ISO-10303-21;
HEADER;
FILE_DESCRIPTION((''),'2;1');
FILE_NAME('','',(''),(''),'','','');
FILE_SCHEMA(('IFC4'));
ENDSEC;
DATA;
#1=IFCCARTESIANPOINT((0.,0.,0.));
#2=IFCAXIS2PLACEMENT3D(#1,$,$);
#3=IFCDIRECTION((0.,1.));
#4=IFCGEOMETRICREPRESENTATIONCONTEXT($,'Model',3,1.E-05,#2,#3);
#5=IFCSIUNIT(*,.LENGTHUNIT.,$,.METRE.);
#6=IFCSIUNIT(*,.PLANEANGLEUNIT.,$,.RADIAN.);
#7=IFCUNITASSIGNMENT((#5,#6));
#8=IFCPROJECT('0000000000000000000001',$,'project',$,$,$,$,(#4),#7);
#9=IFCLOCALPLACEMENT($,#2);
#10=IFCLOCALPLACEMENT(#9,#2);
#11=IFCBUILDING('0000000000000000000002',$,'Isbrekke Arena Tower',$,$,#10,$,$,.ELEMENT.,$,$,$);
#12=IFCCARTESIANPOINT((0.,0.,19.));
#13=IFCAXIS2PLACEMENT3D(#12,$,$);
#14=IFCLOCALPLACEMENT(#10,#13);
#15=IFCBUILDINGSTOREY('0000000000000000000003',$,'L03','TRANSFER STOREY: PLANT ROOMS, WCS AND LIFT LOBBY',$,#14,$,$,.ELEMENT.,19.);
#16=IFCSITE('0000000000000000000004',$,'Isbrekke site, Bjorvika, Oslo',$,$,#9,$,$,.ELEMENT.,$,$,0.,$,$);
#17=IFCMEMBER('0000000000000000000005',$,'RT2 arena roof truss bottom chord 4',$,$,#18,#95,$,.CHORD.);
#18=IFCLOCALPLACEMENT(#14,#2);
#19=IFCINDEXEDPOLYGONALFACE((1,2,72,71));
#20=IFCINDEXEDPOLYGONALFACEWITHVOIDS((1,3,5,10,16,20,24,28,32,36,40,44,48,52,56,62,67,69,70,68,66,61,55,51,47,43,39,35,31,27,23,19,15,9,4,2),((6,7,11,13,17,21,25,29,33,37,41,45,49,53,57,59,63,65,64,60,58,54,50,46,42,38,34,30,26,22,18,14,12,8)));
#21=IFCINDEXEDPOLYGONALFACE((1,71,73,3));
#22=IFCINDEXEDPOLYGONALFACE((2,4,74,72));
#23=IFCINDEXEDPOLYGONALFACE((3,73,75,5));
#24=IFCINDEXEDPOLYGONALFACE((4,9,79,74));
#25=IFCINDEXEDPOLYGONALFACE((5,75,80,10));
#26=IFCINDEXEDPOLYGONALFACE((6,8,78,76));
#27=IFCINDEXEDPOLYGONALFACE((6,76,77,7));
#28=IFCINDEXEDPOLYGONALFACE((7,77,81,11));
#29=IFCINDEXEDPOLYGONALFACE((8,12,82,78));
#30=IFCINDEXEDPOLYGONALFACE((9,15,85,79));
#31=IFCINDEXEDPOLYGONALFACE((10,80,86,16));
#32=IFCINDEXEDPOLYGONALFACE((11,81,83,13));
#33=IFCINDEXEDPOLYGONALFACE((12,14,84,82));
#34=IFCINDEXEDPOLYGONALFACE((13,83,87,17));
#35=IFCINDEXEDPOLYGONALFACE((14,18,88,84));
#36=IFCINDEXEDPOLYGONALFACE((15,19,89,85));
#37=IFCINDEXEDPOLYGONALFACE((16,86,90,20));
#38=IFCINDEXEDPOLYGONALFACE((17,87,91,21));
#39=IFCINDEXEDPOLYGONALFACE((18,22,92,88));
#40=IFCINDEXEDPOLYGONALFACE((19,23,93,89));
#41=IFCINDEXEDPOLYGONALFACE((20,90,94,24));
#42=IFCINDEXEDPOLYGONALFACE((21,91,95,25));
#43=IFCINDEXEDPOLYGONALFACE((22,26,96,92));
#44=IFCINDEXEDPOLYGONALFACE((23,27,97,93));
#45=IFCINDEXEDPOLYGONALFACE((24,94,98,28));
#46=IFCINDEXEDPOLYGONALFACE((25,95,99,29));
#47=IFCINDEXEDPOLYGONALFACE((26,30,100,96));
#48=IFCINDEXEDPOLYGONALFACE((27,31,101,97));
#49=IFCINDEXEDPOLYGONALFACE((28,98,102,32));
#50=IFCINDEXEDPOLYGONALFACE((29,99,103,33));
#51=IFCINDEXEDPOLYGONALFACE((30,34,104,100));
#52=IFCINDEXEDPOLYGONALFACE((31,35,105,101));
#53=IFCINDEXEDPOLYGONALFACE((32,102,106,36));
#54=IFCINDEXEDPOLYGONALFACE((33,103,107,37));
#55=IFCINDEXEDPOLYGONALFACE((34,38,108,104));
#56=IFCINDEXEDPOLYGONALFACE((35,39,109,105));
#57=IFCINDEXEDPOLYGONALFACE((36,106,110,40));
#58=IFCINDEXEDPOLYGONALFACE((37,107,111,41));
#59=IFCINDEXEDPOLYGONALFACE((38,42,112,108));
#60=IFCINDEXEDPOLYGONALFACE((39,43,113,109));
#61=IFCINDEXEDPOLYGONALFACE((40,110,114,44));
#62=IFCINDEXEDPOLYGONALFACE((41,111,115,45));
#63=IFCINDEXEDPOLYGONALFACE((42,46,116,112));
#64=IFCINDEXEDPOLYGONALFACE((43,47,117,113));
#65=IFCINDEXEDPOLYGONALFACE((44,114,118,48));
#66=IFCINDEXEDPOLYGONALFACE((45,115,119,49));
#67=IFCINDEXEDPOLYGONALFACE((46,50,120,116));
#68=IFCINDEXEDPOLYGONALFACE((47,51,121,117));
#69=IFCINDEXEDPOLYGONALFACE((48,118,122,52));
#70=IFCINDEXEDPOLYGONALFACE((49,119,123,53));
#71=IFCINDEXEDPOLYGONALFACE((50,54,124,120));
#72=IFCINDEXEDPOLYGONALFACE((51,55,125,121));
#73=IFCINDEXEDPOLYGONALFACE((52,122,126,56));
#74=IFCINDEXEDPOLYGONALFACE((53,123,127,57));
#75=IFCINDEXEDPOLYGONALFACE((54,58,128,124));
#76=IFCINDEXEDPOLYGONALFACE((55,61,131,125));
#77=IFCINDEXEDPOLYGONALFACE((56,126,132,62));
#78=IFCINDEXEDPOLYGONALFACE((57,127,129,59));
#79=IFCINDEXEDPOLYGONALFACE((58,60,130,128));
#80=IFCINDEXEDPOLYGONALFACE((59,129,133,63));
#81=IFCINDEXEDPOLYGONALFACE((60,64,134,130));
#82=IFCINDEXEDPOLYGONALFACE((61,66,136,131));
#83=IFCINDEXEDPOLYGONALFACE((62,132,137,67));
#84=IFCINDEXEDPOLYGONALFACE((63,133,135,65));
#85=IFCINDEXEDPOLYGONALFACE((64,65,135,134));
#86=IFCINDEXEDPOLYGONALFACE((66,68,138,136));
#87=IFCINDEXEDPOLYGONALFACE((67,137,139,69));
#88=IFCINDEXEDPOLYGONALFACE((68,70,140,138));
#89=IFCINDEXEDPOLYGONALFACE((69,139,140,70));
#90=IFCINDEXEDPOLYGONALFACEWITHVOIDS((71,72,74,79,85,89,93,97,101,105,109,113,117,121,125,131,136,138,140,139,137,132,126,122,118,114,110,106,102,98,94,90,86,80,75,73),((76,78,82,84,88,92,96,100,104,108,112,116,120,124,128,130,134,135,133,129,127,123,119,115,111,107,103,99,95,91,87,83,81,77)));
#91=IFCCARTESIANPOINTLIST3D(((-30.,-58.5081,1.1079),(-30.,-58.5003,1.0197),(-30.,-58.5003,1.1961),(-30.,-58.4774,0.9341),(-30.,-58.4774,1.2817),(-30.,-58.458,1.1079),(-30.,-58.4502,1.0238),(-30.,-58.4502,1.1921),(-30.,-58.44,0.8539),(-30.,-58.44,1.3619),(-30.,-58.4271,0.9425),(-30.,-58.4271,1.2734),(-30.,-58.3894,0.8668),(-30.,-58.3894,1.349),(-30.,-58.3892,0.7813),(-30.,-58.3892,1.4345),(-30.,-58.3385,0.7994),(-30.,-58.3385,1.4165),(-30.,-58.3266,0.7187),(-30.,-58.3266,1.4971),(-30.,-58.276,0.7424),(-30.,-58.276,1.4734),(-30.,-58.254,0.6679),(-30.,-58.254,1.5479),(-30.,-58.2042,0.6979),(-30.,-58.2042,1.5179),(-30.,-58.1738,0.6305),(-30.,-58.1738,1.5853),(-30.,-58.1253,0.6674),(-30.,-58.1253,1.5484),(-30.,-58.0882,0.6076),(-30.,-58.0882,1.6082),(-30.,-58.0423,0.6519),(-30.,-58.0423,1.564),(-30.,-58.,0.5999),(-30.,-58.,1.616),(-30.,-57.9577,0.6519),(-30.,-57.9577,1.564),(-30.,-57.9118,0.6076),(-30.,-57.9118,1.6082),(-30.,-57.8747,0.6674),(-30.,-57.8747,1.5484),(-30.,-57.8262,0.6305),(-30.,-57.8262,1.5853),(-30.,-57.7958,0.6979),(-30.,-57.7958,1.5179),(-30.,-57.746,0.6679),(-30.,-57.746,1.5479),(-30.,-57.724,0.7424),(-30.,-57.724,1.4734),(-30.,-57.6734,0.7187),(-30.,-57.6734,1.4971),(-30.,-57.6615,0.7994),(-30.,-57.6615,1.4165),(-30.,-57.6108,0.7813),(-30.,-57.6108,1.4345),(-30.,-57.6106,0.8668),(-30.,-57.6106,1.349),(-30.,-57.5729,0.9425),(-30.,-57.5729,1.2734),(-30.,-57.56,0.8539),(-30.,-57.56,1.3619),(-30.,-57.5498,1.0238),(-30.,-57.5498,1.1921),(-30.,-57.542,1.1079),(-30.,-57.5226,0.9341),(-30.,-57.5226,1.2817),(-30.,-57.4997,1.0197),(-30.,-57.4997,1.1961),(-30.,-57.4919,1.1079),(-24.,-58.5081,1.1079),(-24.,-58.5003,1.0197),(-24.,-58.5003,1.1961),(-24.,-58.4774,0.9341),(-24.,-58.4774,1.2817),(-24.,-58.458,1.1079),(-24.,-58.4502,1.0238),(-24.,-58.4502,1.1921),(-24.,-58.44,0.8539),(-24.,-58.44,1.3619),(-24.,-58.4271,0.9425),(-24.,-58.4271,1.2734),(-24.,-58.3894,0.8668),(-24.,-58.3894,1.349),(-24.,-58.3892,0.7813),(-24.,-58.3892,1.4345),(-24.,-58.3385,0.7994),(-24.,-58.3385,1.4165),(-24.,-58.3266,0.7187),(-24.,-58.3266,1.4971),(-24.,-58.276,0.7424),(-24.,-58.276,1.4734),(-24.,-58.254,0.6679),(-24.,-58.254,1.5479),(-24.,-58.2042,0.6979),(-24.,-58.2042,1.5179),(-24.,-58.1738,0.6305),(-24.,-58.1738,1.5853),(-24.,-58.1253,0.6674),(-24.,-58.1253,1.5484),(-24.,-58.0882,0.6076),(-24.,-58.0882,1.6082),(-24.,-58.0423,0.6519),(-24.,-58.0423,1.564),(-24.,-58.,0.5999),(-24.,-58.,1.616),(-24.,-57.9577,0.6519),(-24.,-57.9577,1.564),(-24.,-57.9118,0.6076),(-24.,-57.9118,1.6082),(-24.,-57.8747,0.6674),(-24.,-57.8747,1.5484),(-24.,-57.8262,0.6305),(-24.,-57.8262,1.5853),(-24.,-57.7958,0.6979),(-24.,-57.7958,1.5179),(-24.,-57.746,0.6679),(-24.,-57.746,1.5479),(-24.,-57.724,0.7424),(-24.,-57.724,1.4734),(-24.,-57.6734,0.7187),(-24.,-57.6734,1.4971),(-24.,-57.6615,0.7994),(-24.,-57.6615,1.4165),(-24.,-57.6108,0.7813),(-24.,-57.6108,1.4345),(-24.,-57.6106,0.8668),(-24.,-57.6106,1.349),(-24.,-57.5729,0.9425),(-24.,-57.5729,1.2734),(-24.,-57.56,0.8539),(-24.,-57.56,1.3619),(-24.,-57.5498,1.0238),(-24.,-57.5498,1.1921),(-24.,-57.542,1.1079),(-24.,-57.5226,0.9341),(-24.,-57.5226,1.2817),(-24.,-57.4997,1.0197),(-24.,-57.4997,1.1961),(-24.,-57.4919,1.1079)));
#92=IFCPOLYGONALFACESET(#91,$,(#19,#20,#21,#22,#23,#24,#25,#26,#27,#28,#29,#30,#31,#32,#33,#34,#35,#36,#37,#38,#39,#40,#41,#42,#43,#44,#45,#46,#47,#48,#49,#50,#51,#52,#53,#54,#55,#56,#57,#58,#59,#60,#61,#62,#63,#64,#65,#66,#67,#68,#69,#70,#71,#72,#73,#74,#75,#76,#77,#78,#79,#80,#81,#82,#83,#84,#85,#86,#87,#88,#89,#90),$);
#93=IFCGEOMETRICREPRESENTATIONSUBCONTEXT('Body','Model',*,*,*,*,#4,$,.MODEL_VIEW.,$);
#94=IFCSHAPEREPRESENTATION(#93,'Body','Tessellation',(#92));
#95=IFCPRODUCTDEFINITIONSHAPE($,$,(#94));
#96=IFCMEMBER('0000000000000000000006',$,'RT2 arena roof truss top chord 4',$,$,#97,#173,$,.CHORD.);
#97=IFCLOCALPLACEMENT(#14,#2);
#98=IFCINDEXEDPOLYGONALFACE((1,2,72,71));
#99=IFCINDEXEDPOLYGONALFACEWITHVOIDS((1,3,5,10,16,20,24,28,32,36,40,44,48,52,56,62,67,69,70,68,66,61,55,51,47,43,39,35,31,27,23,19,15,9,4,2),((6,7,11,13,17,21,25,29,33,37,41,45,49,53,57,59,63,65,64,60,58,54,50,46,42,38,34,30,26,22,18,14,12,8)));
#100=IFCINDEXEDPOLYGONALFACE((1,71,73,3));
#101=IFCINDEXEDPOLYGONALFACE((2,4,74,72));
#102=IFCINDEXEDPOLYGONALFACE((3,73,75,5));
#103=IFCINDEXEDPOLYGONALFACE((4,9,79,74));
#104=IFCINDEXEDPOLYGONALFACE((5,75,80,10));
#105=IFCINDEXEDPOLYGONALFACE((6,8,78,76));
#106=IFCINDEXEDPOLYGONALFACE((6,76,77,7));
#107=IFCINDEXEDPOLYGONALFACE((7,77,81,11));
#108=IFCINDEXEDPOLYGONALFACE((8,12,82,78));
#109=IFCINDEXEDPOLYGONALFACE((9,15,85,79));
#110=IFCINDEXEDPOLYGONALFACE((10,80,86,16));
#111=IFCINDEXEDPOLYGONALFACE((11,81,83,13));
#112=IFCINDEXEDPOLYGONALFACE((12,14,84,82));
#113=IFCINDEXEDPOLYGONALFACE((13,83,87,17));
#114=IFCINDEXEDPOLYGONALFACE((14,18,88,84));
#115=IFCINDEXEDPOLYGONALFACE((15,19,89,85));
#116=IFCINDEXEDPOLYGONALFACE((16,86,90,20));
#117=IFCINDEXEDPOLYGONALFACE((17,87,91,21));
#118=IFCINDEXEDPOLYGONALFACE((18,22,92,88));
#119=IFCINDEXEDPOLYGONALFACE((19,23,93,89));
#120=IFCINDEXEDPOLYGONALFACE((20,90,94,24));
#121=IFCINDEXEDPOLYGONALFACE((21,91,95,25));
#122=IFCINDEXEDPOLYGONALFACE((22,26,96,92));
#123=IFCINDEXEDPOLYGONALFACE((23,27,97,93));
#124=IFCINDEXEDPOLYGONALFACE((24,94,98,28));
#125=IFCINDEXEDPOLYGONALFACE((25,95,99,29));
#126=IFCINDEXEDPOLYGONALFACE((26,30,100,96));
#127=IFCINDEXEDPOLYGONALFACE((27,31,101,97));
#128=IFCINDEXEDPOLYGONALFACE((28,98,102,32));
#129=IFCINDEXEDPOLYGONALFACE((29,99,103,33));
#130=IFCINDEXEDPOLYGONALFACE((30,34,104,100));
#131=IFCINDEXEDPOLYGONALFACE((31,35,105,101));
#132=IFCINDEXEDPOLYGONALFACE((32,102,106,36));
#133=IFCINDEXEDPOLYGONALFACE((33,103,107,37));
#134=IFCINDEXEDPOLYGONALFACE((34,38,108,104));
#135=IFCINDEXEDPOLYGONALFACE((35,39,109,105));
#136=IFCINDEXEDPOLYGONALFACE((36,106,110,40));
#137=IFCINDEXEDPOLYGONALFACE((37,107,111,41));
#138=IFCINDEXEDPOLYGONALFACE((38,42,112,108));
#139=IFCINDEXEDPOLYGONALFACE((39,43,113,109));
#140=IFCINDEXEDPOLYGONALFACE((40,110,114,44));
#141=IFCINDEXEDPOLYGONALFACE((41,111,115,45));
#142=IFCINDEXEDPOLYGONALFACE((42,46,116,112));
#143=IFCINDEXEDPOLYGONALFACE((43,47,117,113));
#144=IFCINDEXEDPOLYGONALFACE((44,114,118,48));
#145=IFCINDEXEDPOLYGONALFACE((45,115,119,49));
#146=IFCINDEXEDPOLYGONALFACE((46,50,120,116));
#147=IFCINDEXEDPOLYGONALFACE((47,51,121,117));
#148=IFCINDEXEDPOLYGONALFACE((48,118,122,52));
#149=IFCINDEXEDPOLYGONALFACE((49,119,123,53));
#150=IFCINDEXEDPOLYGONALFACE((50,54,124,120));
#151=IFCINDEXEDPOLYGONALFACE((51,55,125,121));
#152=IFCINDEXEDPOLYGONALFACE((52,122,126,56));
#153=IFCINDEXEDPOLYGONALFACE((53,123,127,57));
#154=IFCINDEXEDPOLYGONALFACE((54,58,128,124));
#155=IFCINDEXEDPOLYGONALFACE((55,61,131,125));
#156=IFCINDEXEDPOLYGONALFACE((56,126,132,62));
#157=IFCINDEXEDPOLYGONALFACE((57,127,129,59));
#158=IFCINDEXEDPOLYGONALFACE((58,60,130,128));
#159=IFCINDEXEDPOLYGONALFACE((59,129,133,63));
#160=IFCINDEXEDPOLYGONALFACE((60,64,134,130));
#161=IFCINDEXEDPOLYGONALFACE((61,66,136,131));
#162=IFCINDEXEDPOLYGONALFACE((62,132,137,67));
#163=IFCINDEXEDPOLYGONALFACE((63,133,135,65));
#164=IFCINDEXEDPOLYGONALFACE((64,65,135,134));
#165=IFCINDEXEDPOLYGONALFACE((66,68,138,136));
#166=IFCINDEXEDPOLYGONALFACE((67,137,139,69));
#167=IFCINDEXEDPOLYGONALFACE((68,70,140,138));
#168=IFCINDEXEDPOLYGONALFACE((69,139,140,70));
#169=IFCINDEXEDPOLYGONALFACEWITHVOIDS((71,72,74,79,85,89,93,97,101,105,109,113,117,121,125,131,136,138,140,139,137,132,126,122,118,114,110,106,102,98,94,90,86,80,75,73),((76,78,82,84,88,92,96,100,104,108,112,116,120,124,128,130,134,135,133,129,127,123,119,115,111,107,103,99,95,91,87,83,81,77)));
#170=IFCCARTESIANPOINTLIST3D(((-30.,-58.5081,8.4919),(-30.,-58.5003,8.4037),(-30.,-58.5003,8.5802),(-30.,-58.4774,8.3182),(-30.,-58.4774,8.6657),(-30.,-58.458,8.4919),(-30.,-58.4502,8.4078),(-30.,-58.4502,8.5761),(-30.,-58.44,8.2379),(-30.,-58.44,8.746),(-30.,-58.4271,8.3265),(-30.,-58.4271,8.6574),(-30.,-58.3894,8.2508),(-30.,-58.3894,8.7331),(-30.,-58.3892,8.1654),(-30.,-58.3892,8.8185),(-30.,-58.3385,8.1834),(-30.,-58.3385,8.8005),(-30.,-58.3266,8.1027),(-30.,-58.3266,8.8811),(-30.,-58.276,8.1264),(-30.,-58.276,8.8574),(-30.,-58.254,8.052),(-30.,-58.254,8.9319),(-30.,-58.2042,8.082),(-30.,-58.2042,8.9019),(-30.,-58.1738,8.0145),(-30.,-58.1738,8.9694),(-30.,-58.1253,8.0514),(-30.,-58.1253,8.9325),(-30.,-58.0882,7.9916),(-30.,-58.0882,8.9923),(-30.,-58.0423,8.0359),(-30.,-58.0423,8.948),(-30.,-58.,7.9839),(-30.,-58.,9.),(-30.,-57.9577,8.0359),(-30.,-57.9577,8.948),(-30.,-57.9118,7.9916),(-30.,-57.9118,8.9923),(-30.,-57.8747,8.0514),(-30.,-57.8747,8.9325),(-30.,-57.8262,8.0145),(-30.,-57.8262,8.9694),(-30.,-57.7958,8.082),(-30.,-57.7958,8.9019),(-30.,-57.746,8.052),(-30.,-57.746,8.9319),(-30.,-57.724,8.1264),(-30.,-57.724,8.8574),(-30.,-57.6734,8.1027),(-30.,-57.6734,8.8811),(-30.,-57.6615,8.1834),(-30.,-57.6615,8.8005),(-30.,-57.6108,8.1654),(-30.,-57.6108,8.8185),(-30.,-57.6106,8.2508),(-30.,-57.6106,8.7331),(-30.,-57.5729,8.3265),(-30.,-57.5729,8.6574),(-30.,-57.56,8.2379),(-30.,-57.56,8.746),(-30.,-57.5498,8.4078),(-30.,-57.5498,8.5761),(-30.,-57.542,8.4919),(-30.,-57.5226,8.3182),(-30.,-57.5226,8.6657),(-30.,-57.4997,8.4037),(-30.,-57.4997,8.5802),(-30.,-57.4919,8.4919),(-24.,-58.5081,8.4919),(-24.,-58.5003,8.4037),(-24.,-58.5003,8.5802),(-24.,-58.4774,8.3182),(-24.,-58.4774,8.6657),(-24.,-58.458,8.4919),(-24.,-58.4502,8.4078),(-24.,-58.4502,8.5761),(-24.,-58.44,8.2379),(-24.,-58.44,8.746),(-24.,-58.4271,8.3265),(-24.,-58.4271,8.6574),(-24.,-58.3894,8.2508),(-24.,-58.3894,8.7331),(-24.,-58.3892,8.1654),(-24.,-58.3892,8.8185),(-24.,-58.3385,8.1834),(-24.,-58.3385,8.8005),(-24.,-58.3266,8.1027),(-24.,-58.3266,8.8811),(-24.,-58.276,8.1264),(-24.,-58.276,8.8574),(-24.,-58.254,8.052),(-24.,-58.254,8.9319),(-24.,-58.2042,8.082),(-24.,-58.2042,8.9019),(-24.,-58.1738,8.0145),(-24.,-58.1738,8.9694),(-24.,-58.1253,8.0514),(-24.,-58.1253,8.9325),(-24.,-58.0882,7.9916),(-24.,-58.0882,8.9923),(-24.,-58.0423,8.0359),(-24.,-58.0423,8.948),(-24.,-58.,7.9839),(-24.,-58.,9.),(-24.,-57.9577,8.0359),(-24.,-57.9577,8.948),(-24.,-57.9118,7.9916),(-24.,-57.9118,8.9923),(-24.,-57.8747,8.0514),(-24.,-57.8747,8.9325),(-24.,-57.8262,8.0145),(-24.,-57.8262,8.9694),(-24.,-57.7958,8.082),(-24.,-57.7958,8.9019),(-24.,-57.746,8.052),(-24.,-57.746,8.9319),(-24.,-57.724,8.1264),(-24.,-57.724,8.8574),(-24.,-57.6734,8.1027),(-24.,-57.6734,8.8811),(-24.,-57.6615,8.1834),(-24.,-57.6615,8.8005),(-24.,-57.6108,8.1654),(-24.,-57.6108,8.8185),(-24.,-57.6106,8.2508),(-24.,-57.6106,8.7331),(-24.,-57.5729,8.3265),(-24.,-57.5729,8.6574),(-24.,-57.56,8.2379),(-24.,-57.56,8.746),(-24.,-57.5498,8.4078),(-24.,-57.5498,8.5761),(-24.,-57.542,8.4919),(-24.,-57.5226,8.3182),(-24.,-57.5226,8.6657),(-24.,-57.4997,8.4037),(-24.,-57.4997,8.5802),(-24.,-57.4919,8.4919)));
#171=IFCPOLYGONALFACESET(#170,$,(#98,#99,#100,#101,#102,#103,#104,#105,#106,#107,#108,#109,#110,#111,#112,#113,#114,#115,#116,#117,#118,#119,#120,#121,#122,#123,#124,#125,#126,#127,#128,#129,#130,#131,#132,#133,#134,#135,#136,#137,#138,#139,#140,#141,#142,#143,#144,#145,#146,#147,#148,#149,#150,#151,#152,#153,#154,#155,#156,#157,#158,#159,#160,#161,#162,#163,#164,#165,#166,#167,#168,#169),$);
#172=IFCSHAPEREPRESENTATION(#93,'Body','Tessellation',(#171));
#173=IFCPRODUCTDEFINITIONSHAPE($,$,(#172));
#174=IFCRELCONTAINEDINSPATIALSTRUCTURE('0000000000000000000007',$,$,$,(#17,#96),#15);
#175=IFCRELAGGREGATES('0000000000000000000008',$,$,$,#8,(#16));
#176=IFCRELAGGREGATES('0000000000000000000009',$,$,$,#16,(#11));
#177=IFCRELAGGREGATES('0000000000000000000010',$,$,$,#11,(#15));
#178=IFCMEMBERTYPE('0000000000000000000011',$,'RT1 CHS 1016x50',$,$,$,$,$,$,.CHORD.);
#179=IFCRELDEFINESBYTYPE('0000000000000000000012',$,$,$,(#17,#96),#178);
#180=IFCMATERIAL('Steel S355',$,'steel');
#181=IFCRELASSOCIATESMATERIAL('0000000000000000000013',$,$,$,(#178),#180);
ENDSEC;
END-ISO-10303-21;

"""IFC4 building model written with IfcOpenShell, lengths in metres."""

from ifc_helpers import new_model, si_unit, direction, frame, origin, origin_2d, place, context, subcontext, project, spatial, hollow_circle, extrude, material, material_profile, profile_set, type_object, element, save


model = new_model("IFC4")

# Units and contexts
model_context = context("Model", 3, precision=1e-05, world=origin(), true_north=direction((0.0, 1.0)))
body_context = subcontext(model_context, "Body", "Model", "MODEL_VIEW")
ifc_project = project(units=[si_unit("LENGTHUNIT", "METRE"), si_unit("PLANEANGLEUNIT", "RADIAN")], contexts=[model_context])

# Site, building, storey
site_placement = place(None, origin())
site = spatial("IfcSite", under=ifc_project, at=site_placement, Name="Isbrekke site, Bjorvika, Oslo", CompositionType="ELEMENT", RefElevation=0.0)
building_placement = place(site_placement, origin())
building = spatial("IfcBuilding", under=site, at=building_placement, Name="Isbrekke Arena Tower", CompositionType="ELEMENT")
storey_placement = place(building_placement, frame((0.0, 0.0, 19.0)))
storey = spatial("IfcBuildingStorey", under=building, at=storey_placement, Name="L03", Description="TRANSFER STOREY: PLANT ROOMS, WCS AND LIFT LOBBY", CompositionType="ELEMENT", Elevation=19.0)

# Members
ifc_material_1 = material(Name="Steel S355", Category="steel")
ifc_material_profile_1 = material_profile(ifc_material_1, hollow_circle(Radius=0.5081, WallThickness=0.05, at=origin_2d()), Name="CHS 1016x50")
ifc_profile_set_1 = profile_set([ifc_material_profile_1], Name="Steel S355")
member_type_1 = type_object("IfcMemberType", Name="RT1 CHS 1016x50", PredefinedType="CHORD", material=ifc_profile_set_1)
for number, where, z_axis, x_axis, name in (
    (1, (-30.0, -58.0, 1.1079), (1.0, 0.0, 0.0), (0.0, 1.0, 0.0), "RT2 arena roof truss bottom chord 4"),
    (2, (-30.0, -58.0, 8.4919), (1.0, 0.0, 0.0), (0.0, 1.0, 0.0), "RT2 arena roof truss top chord 4"),
):
    element("IfcMember", number, at=place(storey_placement, frame(where, z_axis=z_axis, x_axis=x_axis)), inside=storey, type_object=member_type_1, Name=name, PredefinedType="CHORD", context=body_context, shape_type="SweptSolid", body=[
        extrude(hollow_circle(Radius=0.5081, WallThickness=0.05, at=origin_2d()), origin(), (0.0, 0.0, 1.0), 6.0),
    ])

save(model, "model.ifc")
